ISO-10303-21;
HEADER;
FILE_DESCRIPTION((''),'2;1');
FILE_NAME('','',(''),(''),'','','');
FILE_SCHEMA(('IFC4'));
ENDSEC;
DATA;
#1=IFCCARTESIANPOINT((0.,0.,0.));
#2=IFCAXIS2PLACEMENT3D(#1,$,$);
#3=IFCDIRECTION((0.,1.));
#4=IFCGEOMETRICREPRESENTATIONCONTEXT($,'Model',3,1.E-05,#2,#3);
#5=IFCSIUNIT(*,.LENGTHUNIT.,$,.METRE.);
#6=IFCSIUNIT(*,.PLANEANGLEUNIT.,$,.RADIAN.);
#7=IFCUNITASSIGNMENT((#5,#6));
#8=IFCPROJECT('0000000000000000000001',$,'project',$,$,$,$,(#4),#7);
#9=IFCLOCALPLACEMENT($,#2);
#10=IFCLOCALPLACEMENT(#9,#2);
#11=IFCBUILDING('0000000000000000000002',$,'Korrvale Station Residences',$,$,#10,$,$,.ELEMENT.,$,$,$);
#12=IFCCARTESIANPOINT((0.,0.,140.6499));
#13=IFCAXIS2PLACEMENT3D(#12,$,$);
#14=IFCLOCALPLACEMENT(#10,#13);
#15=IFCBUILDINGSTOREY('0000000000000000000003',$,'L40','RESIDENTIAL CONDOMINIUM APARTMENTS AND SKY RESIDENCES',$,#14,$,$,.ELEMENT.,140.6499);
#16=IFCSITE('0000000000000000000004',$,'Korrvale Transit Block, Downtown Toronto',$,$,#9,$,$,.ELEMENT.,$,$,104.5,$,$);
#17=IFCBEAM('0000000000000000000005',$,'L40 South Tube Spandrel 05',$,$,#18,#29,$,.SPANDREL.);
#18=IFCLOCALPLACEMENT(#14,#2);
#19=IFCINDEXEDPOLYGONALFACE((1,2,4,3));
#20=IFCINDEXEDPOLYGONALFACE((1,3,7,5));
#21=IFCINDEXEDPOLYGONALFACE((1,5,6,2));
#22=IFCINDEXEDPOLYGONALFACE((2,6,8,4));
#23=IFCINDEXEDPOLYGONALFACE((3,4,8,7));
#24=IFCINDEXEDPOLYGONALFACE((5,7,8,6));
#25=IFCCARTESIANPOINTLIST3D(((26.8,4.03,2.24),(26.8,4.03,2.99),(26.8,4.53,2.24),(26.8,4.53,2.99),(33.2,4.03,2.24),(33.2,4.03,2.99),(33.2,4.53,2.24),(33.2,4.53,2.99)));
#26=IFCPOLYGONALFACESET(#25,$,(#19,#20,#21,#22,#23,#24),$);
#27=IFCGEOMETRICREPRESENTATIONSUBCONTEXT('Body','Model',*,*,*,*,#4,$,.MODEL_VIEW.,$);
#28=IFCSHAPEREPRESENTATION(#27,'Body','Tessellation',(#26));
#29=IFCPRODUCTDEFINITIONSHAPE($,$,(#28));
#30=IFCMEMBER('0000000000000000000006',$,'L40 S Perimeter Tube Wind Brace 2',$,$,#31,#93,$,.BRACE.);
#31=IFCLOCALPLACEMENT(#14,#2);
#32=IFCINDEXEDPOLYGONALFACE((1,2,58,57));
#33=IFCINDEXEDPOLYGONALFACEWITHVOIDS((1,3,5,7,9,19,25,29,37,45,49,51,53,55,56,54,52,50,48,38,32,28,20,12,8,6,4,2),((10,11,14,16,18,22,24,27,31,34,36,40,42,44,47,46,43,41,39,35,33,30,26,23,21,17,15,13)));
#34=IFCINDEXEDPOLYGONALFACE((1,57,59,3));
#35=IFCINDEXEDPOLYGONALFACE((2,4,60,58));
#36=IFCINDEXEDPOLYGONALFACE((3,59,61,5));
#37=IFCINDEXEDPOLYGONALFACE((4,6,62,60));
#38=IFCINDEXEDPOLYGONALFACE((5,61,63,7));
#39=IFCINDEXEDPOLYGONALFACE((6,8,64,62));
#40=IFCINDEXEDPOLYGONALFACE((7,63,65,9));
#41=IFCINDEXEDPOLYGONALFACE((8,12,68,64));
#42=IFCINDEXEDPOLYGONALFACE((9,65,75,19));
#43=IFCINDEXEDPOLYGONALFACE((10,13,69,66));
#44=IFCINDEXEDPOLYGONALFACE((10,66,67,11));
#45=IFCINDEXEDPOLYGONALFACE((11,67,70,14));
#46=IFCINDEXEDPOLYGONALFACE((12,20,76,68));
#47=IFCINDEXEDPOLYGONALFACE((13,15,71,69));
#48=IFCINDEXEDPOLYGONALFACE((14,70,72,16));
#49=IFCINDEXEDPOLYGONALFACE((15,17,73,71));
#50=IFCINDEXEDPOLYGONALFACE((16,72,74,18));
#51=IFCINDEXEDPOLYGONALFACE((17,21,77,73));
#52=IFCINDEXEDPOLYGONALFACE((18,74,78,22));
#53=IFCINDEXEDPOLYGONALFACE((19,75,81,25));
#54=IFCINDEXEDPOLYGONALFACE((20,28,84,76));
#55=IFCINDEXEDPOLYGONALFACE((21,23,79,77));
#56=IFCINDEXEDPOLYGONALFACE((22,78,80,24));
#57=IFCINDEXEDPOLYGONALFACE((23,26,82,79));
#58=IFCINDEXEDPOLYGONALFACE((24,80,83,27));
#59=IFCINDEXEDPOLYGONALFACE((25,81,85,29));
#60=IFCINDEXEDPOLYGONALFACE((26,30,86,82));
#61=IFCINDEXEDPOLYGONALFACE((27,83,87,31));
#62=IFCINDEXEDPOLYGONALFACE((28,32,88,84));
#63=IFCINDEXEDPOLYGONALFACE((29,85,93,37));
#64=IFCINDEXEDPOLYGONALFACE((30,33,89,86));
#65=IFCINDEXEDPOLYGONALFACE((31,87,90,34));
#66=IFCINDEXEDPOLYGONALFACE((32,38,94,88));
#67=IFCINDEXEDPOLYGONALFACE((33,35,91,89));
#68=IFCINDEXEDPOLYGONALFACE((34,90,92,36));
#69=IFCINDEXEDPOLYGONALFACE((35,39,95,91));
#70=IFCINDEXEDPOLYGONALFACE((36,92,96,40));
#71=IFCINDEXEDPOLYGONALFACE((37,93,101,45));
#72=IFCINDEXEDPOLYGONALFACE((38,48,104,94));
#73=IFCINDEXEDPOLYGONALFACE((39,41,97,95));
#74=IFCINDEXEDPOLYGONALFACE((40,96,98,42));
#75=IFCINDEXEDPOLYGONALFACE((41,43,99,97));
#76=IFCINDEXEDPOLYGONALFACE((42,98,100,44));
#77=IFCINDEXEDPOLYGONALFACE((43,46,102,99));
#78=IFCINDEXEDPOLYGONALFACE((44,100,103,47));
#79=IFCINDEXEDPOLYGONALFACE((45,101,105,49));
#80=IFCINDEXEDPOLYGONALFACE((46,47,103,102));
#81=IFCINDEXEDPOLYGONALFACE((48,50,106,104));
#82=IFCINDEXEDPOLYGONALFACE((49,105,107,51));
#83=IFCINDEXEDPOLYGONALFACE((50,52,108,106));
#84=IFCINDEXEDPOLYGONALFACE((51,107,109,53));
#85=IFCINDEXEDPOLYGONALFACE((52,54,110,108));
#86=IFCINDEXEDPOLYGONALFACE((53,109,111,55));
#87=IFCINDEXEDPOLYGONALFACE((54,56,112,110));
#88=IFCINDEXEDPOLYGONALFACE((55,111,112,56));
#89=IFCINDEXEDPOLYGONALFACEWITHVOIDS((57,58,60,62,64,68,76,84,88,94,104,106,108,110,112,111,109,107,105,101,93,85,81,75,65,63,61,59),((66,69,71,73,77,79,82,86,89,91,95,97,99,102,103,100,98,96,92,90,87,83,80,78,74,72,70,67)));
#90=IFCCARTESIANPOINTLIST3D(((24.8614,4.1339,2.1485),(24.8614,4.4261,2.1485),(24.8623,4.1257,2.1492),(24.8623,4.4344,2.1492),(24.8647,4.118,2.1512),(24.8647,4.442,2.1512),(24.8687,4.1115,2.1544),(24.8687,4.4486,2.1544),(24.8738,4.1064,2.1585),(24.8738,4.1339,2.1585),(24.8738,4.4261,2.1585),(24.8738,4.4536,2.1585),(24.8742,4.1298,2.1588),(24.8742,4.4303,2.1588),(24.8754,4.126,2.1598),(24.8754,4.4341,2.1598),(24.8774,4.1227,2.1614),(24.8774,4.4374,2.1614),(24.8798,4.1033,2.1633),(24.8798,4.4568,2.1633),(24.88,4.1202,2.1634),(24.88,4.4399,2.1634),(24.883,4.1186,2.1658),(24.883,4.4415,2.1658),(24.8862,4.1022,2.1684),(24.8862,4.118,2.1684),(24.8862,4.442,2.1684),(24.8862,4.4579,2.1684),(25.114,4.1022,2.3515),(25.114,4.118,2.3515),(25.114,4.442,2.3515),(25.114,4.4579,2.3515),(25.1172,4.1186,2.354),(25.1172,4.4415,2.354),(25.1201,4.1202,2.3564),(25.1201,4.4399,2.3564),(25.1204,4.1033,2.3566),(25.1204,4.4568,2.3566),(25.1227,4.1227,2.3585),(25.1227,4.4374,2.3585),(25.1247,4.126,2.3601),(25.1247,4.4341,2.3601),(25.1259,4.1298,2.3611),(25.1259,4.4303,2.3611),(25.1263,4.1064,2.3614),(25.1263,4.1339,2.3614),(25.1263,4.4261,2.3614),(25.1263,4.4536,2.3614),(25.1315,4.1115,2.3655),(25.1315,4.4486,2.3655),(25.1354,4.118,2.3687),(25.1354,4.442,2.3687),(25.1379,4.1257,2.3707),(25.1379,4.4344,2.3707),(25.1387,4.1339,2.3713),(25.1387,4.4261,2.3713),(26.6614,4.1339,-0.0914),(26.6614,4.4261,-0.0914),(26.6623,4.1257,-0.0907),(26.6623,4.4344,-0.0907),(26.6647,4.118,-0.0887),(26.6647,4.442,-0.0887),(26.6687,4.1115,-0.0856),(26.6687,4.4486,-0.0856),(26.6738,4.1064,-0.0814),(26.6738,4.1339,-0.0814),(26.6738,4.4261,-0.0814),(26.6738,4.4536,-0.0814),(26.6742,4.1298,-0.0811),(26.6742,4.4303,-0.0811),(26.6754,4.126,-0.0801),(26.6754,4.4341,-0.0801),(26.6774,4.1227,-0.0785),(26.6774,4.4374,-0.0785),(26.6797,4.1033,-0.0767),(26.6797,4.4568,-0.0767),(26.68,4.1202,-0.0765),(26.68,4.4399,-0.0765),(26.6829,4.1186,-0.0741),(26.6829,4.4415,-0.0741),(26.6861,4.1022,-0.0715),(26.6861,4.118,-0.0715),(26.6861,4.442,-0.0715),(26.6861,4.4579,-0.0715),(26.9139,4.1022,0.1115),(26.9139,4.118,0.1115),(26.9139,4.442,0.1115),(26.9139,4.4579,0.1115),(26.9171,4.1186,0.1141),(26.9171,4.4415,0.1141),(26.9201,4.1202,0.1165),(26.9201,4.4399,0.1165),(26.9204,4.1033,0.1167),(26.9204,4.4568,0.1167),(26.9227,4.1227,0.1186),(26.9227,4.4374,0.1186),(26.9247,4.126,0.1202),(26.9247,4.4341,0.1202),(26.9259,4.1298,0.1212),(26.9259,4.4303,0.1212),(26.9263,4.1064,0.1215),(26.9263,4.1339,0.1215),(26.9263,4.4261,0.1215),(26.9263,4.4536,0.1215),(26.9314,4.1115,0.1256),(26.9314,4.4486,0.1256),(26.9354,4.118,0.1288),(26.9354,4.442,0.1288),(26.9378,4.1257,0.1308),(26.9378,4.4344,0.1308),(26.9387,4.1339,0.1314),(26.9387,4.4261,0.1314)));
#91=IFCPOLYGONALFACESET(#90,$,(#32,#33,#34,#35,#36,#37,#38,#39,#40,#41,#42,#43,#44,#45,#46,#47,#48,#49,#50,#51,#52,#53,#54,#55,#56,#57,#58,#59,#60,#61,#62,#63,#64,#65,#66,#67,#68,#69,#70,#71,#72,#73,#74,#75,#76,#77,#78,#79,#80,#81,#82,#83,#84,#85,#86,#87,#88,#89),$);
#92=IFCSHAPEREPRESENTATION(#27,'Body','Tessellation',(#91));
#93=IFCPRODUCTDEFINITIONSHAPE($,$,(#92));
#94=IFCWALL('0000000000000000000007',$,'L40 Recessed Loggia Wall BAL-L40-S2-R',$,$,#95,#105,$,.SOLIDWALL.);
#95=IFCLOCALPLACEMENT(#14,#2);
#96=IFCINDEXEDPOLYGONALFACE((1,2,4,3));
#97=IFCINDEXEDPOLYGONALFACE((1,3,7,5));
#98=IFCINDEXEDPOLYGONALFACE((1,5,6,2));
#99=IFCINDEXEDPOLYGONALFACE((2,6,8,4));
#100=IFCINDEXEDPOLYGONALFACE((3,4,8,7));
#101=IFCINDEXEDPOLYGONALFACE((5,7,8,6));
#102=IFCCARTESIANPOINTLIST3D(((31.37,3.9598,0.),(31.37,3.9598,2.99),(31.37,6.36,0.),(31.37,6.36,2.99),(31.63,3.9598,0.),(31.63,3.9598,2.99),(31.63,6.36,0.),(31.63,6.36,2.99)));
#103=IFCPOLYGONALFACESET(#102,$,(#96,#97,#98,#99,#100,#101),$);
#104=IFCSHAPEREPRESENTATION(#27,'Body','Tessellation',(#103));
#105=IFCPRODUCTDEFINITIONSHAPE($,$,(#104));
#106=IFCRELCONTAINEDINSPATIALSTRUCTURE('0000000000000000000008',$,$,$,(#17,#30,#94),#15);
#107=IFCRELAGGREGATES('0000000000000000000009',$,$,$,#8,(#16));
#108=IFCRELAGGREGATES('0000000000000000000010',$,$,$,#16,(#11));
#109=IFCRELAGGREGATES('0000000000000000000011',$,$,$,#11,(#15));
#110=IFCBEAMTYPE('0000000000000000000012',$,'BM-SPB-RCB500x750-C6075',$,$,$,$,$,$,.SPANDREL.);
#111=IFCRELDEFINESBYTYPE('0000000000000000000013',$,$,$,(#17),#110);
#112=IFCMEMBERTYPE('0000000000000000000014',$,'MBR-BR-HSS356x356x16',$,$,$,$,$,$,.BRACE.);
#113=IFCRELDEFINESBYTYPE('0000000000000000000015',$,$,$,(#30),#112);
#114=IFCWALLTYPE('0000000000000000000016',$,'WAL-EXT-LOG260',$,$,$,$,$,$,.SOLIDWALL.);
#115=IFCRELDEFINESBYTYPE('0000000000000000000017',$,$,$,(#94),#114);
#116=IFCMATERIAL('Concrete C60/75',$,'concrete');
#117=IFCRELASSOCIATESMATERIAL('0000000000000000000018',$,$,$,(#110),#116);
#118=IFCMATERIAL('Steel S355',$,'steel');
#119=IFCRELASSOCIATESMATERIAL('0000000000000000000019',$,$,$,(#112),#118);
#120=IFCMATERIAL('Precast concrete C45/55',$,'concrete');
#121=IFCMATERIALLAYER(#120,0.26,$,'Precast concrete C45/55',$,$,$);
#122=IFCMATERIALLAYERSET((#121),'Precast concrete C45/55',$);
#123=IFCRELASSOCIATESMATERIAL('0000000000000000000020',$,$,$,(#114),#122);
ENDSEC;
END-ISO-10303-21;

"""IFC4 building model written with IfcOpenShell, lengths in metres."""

from ifc_helpers import new_model, si_unit, direction, frame, frame_2d, origin, origin_2d, place, context, subcontext, project, spatial, rectangle, hollow_rectangle, extrude, material, layer, layer_set, material_profile, profile_set, type_object, element, save


model = new_model("IFC4")

# Units and contexts
model_context = context("Model", 3, precision=1e-05, world=origin(), true_north=direction((0.0, 1.0)))
body_context = subcontext(model_context, "Body", "Model", "MODEL_VIEW")
ifc_project = project(units=[si_unit("LENGTHUNIT", "METRE"), si_unit("PLANEANGLEUNIT", "RADIAN")], contexts=[model_context])

# Site, building, storey
site_placement = place(None, origin())
site = spatial("IfcSite", under=ifc_project, at=site_placement, Name="Korrvale Transit Block, Downtown Toronto", CompositionType="ELEMENT", RefElevation=104.5)
building_placement = place(site_placement, origin())
building = spatial("IfcBuilding", under=site, at=building_placement, Name="Korrvale Station Residences", CompositionType="ELEMENT")
storey_placement = place(building_placement, frame((0.0, 0.0, 140.6499)))
storey = spatial("IfcBuildingStorey", under=building, at=storey_placement, Name="L40", Description="RESIDENTIAL CONDOMINIUM APARTMENTS AND SKY RESIDENCES", CompositionType="ELEMENT", Elevation=140.6499)

# Beam
ifc_material_1 = material(Name="Concrete C60/75", Category="concrete")
ifc_material_profile_1 = material_profile(ifc_material_1, rectangle(XDim=0.5, YDim=0.75, at=origin_2d()), Name="RCB500x750")
ifc_profile_set_1 = profile_set([ifc_material_profile_1], Name="Concrete C60/75")
beam_type = type_object("IfcBeamType", Name="BM-SPB-RCB500x750-C6075", PredefinedType="SPANDREL", material=ifc_profile_set_1)
beam_placement = place(storey_placement, frame((26.8, 4.28, 2.615), z_axis=(1.0, 0.0, 0.0), x_axis=(0.0, 1.0, 0.0)))
element("IfcBeam", 1, at=beam_placement, inside=storey, type_object=beam_type, Name="L40 South Tube Spandrel 05", PredefinedType="SPANDREL", context=body_context, shape_type="SweptSolid", body=[
    extrude(rectangle(XDim=0.5, YDim=0.75, at=origin_2d()), origin(), (0.0, 0.0, 1.0), 6.3999),
])

# Member
ifc_material_2 = material(Name="Steel S355", Category="steel")
ifc_material_profile_2 = material_profile(ifc_material_2, hollow_rectangle(XDim=0.3557, YDim=0.3557, WallThickness=0.0159, InnerFilletRadius=0.0159, OuterFilletRadius=0.0317, at=origin_2d()), Name="HSS356x356x16")
ifc_profile_set_2 = profile_set([ifc_material_profile_2], Name="Steel S355")
member_type = type_object("IfcMemberType", Name="MBR-BR-HSS356x356x16", PredefinedType="BRACE", material=ifc_profile_set_2)
member_placement = place(storey_placement, frame((26.8, 4.28, 0.02), z_axis=(-0.626403, 0.0, 0.779499), x_axis=(0.0, -1.0, 0.0)))
element("IfcMember", 2, at=member_placement, inside=storey, type_object=member_type, Name="L40 S Perimeter Tube Wind Brace 2", PredefinedType="BRACE", context=body_context, shape_type="SweptSolid", body=[
    extrude(hollow_rectangle(XDim=0.3557, YDim=0.3557, WallThickness=0.0159, InnerFilletRadius=0.0159, OuterFilletRadius=0.0317, at=origin_2d()), origin(), (0.0, 0.0, 1.0), 2.8735),
])

# Wall
ifc_material_3 = material(Name="Precast concrete C45/55", Category="concrete")
ifc_layer_1 = layer(ifc_material_3, 0.26, Name="Precast concrete C45/55")
ifc_layer_set_1 = layer_set([ifc_layer_1], Name="Precast concrete C45/55")
wall_type_1 = type_object("IfcWallType", Name="WAL-EXT-LOG260", PredefinedType="SOLIDWALL", material=ifc_layer_set_1)
wall_1_placement = place(storey_placement, frame((31.5, 6.3601, 0.0), z_axis=(0.0, 0.0, 1.0), x_axis=(0.0, -1.0, 0.0)))
element("IfcWall", 3, at=wall_1_placement, inside=storey, type_object=wall_type_1, Name="L40 Recessed Loggia Wall BAL-L40-S2-R", PredefinedType="SOLIDWALL", context=body_context, shape_type="SweptSolid", body=[
    extrude(rectangle(XDim=2.4001, YDim=0.26, at=frame_2d((1.2002, 0.0))), origin(), (0.0, 0.0, 1.0), 2.99),
])

save(model, "model.ifc")
